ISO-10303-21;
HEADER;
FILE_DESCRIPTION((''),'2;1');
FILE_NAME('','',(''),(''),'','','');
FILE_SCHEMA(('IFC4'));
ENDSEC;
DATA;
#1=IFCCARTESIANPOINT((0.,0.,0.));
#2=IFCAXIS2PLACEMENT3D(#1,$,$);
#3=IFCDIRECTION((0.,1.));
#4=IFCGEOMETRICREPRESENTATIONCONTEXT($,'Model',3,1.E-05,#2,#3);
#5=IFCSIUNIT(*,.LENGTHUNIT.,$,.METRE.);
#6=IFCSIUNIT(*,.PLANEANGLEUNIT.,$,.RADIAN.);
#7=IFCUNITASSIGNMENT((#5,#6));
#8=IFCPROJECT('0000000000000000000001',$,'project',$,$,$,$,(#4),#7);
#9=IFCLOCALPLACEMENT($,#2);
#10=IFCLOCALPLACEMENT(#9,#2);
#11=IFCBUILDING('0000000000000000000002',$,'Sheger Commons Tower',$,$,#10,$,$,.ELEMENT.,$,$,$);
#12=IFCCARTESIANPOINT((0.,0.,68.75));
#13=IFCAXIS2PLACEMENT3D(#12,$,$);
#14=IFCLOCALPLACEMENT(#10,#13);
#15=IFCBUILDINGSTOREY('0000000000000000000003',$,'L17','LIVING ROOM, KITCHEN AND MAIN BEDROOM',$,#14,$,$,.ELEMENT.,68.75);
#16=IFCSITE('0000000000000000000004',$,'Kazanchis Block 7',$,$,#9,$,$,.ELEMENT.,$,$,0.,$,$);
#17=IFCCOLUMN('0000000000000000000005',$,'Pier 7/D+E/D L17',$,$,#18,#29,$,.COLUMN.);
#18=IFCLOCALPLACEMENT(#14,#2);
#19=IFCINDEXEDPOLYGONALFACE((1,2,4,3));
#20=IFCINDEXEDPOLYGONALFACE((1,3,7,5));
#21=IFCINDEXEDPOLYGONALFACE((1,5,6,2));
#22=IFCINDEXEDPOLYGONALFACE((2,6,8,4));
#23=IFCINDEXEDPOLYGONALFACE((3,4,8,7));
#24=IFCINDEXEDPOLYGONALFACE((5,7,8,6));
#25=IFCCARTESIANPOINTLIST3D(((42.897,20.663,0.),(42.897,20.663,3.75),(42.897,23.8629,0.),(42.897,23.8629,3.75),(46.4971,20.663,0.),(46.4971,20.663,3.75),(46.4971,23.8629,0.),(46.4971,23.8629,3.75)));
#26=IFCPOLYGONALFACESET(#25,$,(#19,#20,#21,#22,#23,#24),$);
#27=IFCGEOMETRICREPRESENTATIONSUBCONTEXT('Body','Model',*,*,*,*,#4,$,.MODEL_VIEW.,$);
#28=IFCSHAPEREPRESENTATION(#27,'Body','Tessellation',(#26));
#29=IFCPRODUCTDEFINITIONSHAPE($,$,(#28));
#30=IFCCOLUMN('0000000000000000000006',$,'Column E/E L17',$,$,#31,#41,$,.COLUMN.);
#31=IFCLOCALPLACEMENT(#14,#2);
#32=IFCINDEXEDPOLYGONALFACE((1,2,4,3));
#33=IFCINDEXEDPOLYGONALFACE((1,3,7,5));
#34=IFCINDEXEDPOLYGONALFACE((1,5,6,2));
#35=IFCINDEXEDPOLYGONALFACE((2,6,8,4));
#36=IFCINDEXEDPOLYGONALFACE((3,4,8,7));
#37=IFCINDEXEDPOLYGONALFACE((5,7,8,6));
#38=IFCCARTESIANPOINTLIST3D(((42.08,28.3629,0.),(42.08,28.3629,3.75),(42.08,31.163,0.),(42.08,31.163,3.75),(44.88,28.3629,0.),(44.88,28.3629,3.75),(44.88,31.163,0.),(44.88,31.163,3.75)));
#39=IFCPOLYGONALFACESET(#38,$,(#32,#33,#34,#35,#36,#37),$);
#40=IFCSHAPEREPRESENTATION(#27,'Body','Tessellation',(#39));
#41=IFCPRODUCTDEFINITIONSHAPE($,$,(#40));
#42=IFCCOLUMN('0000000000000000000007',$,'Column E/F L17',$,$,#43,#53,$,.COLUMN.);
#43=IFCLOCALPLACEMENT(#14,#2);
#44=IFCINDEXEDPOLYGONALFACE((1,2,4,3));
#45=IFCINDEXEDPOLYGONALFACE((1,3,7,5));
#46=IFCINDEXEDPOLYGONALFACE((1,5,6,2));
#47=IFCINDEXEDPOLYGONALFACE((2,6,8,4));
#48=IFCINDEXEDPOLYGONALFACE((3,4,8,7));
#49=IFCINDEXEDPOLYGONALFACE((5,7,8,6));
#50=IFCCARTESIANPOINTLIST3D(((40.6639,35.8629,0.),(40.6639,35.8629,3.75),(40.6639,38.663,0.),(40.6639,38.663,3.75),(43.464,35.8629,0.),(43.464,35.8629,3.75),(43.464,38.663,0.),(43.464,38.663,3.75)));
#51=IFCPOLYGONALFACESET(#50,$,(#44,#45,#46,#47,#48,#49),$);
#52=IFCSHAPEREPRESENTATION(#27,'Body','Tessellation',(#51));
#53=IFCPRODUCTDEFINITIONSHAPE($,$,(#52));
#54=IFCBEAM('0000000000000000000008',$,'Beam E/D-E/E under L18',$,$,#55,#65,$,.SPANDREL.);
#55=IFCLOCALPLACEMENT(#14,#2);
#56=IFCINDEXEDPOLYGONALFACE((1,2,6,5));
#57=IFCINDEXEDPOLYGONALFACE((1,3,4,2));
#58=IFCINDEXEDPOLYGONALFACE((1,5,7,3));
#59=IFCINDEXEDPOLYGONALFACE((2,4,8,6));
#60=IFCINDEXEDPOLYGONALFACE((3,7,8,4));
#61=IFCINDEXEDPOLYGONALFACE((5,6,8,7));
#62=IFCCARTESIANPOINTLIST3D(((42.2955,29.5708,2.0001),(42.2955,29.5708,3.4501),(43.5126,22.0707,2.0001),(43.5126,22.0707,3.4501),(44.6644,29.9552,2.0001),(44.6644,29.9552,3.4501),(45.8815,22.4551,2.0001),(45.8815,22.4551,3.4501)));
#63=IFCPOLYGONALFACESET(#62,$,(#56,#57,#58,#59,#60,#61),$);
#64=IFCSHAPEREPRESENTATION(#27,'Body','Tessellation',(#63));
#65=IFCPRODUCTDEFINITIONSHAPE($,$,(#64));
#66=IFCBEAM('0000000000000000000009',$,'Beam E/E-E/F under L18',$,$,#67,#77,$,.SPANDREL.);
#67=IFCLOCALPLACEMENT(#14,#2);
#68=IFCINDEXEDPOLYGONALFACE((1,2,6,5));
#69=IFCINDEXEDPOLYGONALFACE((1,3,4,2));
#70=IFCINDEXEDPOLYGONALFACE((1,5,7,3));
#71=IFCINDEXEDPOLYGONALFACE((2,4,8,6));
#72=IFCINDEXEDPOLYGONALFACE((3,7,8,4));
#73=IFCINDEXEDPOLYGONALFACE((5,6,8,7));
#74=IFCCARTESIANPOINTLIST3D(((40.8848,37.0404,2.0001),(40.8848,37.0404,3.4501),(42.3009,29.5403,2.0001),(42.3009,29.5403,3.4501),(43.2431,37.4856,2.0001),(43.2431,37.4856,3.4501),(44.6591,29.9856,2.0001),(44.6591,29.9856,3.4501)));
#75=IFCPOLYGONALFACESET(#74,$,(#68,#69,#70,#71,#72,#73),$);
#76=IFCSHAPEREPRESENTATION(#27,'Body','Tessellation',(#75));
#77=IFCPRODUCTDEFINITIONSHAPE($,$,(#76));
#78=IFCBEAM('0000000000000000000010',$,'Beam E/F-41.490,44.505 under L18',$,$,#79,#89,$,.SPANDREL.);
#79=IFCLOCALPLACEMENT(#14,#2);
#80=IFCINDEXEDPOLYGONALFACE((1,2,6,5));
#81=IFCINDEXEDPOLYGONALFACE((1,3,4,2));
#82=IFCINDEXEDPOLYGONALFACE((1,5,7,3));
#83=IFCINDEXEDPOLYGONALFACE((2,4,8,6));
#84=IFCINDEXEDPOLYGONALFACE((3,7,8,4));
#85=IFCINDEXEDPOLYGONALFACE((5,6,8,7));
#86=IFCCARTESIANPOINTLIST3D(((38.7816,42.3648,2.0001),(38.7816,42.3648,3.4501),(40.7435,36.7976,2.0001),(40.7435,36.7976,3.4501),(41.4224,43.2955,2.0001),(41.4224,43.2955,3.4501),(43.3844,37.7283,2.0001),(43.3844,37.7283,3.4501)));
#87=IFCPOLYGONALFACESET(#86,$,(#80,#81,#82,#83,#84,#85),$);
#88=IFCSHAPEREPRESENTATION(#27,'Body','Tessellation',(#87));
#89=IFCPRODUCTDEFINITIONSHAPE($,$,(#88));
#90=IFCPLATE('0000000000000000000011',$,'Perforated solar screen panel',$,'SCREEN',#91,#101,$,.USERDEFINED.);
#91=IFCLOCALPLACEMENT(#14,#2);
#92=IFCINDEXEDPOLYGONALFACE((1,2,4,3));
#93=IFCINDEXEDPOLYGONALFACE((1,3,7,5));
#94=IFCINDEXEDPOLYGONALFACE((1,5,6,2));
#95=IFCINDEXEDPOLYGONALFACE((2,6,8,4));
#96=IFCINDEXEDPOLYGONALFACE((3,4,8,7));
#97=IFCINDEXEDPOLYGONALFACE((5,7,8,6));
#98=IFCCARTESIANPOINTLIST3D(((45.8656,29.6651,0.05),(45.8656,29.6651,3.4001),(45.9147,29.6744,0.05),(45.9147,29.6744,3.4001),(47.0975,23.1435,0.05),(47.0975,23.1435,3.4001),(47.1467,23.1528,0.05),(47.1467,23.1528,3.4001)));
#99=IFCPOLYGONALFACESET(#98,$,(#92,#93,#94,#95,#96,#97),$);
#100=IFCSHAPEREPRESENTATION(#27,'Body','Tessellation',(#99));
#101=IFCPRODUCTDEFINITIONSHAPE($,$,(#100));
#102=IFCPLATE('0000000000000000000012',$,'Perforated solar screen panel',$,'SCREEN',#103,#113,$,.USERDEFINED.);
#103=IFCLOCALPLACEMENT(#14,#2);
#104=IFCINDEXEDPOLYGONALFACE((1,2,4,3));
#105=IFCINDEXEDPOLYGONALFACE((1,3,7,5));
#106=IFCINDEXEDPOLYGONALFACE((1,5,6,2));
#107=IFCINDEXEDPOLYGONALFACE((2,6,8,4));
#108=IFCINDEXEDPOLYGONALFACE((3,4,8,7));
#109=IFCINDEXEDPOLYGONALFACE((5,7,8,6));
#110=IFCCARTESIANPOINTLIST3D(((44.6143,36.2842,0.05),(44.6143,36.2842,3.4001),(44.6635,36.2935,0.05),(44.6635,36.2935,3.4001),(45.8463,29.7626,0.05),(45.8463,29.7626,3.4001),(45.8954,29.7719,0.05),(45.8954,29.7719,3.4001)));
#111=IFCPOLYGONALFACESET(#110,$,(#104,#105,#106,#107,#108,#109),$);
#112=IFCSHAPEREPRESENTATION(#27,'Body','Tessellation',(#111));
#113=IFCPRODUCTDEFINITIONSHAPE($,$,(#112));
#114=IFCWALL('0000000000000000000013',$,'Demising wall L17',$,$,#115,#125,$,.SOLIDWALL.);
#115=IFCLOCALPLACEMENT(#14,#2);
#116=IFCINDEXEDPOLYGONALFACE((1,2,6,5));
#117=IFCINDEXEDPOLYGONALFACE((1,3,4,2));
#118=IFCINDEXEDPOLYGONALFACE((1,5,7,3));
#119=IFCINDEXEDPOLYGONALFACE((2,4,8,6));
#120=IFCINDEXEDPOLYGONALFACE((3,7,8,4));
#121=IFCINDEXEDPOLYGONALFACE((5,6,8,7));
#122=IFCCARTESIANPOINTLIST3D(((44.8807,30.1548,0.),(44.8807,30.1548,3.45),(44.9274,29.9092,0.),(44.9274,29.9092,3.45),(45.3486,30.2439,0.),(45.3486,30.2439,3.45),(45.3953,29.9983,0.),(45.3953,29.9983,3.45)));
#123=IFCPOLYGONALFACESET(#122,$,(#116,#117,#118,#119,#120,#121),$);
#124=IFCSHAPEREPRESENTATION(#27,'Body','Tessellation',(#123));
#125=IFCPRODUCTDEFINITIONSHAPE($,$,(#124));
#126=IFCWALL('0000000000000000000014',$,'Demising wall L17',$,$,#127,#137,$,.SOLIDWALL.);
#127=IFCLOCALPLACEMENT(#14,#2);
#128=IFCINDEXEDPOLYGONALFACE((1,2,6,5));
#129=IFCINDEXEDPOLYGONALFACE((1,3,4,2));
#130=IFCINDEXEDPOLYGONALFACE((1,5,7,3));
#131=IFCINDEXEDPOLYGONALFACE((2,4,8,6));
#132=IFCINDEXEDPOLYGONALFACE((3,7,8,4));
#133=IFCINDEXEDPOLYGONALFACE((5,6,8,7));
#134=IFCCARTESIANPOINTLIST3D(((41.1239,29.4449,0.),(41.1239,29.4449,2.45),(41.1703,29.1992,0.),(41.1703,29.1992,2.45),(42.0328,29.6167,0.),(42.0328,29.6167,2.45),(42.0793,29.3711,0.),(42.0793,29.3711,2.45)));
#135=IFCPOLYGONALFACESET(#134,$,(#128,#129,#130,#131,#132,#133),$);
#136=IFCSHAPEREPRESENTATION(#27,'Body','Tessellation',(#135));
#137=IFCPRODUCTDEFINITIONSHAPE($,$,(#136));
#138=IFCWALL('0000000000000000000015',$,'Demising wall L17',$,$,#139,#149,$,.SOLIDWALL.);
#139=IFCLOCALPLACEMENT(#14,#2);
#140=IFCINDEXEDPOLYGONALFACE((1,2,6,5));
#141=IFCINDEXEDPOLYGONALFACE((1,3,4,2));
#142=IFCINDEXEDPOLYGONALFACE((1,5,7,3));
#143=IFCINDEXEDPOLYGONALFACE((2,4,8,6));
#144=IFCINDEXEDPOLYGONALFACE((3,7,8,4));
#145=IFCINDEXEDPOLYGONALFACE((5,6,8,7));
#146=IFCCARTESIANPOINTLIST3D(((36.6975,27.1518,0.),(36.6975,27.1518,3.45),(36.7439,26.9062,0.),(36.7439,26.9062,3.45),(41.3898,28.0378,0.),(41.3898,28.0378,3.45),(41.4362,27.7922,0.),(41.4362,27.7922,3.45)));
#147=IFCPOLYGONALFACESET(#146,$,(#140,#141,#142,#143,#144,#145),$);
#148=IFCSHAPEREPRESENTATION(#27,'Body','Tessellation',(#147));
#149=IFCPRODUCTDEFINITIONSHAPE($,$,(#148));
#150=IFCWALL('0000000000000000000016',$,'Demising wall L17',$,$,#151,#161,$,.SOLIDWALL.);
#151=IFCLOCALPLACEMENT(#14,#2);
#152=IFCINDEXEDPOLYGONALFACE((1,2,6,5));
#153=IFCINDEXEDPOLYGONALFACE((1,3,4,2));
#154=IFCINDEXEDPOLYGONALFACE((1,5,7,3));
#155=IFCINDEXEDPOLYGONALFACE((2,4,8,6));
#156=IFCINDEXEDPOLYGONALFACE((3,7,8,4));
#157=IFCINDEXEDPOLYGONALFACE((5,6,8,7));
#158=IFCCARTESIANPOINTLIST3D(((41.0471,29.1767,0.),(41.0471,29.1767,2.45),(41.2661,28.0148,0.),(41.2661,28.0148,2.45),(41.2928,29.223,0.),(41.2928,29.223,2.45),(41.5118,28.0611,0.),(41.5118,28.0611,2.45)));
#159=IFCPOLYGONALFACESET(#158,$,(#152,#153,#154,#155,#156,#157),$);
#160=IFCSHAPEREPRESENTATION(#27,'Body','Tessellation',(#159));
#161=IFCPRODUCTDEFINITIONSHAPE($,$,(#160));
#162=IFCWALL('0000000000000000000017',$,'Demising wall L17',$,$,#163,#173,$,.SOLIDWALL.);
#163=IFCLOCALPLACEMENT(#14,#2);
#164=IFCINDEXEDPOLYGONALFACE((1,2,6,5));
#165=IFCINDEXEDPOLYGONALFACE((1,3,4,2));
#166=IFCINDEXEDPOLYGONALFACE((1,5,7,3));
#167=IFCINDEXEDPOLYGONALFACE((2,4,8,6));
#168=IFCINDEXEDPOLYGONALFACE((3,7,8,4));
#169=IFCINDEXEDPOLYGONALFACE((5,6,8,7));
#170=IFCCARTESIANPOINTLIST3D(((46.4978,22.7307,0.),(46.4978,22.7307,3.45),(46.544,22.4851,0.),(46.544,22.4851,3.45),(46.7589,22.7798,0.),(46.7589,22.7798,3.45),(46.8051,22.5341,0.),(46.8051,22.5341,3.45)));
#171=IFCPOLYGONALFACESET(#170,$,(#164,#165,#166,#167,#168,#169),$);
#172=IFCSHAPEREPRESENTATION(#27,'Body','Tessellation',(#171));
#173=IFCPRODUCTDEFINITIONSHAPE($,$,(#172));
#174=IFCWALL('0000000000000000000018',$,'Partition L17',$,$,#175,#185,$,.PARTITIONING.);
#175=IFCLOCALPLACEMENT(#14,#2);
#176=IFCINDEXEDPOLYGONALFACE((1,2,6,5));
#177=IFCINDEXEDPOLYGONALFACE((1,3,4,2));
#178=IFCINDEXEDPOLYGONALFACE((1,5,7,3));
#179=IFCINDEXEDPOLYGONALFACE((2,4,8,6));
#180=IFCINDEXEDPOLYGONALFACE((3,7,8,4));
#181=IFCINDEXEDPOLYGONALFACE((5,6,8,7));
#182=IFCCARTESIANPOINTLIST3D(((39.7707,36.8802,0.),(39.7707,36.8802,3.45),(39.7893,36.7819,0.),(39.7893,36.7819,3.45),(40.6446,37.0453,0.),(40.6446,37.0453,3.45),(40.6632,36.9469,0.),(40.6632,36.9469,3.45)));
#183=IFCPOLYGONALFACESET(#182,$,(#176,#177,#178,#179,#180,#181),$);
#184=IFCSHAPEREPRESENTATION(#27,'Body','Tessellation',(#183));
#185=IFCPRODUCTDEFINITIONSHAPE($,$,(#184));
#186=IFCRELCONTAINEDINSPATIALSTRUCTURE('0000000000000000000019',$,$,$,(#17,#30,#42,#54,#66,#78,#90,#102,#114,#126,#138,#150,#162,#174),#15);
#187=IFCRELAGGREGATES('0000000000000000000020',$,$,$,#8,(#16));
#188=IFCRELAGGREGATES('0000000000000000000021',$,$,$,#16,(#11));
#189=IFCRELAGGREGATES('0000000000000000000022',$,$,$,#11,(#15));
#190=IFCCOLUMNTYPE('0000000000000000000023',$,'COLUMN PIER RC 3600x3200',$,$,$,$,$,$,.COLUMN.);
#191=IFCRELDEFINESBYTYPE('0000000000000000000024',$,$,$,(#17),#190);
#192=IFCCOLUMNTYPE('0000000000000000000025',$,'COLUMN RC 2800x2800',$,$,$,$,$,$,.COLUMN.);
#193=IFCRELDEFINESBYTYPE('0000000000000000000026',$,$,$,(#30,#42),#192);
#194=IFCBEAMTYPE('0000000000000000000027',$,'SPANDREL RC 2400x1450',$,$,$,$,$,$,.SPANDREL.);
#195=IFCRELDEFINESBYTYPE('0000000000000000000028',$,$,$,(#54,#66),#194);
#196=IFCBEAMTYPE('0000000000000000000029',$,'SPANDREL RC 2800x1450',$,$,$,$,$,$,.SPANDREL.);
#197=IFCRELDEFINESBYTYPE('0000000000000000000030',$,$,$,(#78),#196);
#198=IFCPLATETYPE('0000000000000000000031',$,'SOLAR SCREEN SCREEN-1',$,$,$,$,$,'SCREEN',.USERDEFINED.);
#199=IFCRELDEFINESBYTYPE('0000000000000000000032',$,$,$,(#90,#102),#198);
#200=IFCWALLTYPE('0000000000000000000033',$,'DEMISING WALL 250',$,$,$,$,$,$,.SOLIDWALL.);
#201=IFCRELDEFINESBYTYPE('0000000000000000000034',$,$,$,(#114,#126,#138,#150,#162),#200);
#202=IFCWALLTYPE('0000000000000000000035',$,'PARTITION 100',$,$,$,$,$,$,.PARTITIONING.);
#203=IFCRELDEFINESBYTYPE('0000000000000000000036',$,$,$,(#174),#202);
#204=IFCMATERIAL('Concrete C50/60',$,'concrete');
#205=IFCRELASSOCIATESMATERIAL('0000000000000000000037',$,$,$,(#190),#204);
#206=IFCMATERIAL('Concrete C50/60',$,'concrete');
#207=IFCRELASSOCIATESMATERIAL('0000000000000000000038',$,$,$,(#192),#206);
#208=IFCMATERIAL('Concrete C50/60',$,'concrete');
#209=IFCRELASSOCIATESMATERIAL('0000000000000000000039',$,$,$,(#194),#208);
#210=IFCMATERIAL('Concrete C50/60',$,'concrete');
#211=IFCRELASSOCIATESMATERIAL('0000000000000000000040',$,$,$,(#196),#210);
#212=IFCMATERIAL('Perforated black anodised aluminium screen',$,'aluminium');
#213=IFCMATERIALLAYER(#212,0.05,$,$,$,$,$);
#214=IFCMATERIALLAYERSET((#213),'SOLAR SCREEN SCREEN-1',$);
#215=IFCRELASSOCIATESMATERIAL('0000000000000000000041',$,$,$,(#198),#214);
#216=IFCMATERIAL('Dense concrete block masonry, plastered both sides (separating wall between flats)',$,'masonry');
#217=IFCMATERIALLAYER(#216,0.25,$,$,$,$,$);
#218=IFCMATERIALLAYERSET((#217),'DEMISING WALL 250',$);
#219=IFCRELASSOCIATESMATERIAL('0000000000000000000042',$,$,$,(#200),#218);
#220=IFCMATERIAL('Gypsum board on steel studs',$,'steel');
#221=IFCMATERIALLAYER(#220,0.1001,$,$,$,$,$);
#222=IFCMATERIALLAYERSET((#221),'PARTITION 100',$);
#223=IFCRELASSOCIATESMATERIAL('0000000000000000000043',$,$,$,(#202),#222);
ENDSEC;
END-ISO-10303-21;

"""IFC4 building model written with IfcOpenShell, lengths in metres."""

from ifc_helpers import new_model, si_unit, direction, frame, frame_2d, origin, origin_2d, place, context, subcontext, project, spatial, rectangle, extrude, material, layer, layer_set, material_profile, profile_set, type_object, element, save


model = new_model("IFC4")

# Units and contexts
model_context = context("Model", 3, precision=1e-05, world=origin(), true_north=direction((0.0, 1.0)))
body_context = subcontext(model_context, "Body", "Model", "MODEL_VIEW")
ifc_project = project(units=[si_unit("LENGTHUNIT", "METRE"), si_unit("PLANEANGLEUNIT", "RADIAN")], contexts=[model_context])

# Site, building, storey
site_placement = place(None, origin())
site = spatial("IfcSite", under=ifc_project, at=site_placement, Name="Kazanchis Block 7", CompositionType="ELEMENT", RefElevation=0.0)
building_placement = place(site_placement, origin())
building = spatial("IfcBuilding", under=site, at=building_placement, Name="Sheger Commons Tower", CompositionType="ELEMENT")
storey_placement = place(building_placement, frame((0.0, 0.0, 68.75)))
storey = spatial("IfcBuildingStorey", under=building, at=storey_placement, Name="L17", Description="LIVING ROOM, KITCHEN AND MAIN BEDROOM", CompositionType="ELEMENT", Elevation=68.75)

# Columns
ifc_material_1 = material(Name="Concrete C50/60", Category="concrete")
ifc_material_profile_1 = material_profile(ifc_material_1, rectangle(XDim=3.6001, YDim=3.2, at=origin_2d()), Name="RC 3600x3200")
ifc_profile_set_1 = profile_set([ifc_material_profile_1], Name="Concrete C50/60")
column_type_1 = type_object("IfcColumnType", Name="COLUMN PIER RC 3600x3200", PredefinedType="COLUMN", material=ifc_profile_set_1)
column_placement = place(storey_placement, frame((44.697, 22.2629, 0.0), z_axis=(0.0, 0.0, 1.0), x_axis=(1.0, 0.0, 0.0)))
element("IfcColumn", 1, at=column_placement, inside=storey, type_object=column_type_1, Name="Pier 7/D+E/D L17", PredefinedType="COLUMN", context=body_context, shape_type="SweptSolid", body=[
    extrude(rectangle(XDim=3.6001, YDim=3.2, at=origin_2d()), origin(), (0.0, 0.0, 1.0), 3.75),
])
ifc_material_2 = material(Name="Concrete C50/60", Category="concrete")
ifc_material_profile_2 = material_profile(ifc_material_2, rectangle(XDim=2.8, YDim=2.8, at=origin_2d()), Name="RC 2800x2800")
ifc_profile_set_2 = profile_set([ifc_material_profile_2], Name="Concrete C50/60")
column_type_2 = type_object("IfcColumnType", Name="COLUMN RC 2800x2800", PredefinedType="COLUMN", material=ifc_profile_set_2)
for number, where, z_axis, x_axis, name in (
    (2, (43.48, 29.7629, 0.0), (0.0, 0.0, 1.0), (1.0, 0.0, 0.0), "Column E/E L17"),
    (3, (42.064, 37.2629, 0.0), (0.0, 0.0, 1.0), (1.0, 0.0, 0.0), "Column E/F L17"),
):
    element("IfcColumn", number, at=place(storey_placement, frame(where, z_axis=z_axis, x_axis=x_axis)), inside=storey, type_object=column_type_2, Name=name, PredefinedType="COLUMN", context=body_context, shape_type="SweptSolid", body=[
        extrude(rectangle(XDim=2.8, YDim=2.8, at=origin_2d()), origin(), (0.0, 0.0, 1.0), 3.75),
    ])

# Beams
ifc_material_3 = material(Name="Concrete C50/60", Category="concrete")
ifc_material_profile_3 = material_profile(ifc_material_3, rectangle(XDim=2.3999, YDim=1.45, at=origin_2d()), Name="RC 2400x1450")
ifc_profile_set_3 = profile_set([ifc_material_profile_3], Name="Concrete C50/60")
beam_type_1 = type_object("IfcBeamType", Name="SPANDREL RC 2400x1450", PredefinedType="SPANDREL", material=ifc_profile_set_3)
beam_1_placement = place(storey_placement, frame((44.697, 22.2629, 2.7251), z_axis=(-0.160177, 0.987088, 0.0), x_axis=(-0.987088, -0.160177, 0.0)))
element("IfcBeam", 4, at=beam_1_placement, inside=storey, type_object=beam_type_1, Name="Beam E/D-E/E under L18", PredefinedType="SPANDREL", context=body_context, shape_type="SweptSolid", body=[
    extrude(rectangle(XDim=2.3999, YDim=1.45, at=origin_2d()), origin(), (0.0, 0.0, 1.0), 7.5981),
])
beam_2_placement = place(storey_placement, frame((43.48, 29.7629, 2.7251), z_axis=(-0.185524, 0.98264, 0.0), x_axis=(-0.98264, -0.185524, 0.0)))
element("IfcBeam", 5, at=beam_2_placement, inside=storey, type_object=beam_type_1, Name="Beam E/E-E/F under L18", PredefinedType="SPANDREL", context=body_context, shape_type="SweptSolid", body=[
    extrude(rectangle(XDim=2.3999, YDim=1.45, at=origin_2d()), origin(), (0.0, 0.0, 1.0), 7.6326),
])
ifc_material_4 = material(Name="Concrete C50/60", Category="concrete")
ifc_material_profile_4 = material_profile(ifc_material_4, rectangle(XDim=2.8, YDim=1.45, at=origin_2d()), Name="RC 2800x1450")
ifc_profile_set_4 = profile_set([ifc_material_profile_4], Name="Concrete C50/60")
beam_type_2 = type_object("IfcBeamType", Name="SPANDREL RC 2800x1450", PredefinedType="SPANDREL", material=ifc_profile_set_4)
beam_3_placement = place(storey_placement, frame((42.064, 37.2629, 2.7251), z_axis=(-0.332374, 0.943148, 0.0), x_axis=(-0.943148, -0.332374, 0.0)))
element("IfcBeam", 6, at=beam_3_placement, inside=storey, type_object=beam_type_2, Name="Beam E/F-41.490,44.505 under L18", PredefinedType="SPANDREL", context=body_context, shape_type="SweptSolid", body=[
    extrude(rectangle(XDim=2.8, YDim=1.45, at=origin_2d()), origin(), (0.0, 0.0, 1.0), 5.9028),
])

# Plates
ifc_material_5 = material(Name="Perforated black anodised aluminium screen", Category="aluminium")
ifc_layer_1 = layer(ifc_material_5, 0.05)
ifc_layer_set_1 = layer_set([ifc_layer_1], Name="SOLAR SCREEN SCREEN-1")
plate_type = type_object("IfcPlateType", Name="SOLAR SCREEN SCREEN-1", ElementType="SCREEN", PredefinedType="USERDEFINED", material=ifc_layer_set_1)
for number, where, z_axis, x_axis, name in (
    (7, (46.5061, 26.4089, 0.05), (0.0, 0.0, 1.0), (-0.185615, 0.982623, 0.0), "Perforated solar screen panel"),
    (8, (45.2549, 33.0281, 0.05), (0.0, 0.0, 1.0), (-0.185615, 0.982623, 0.0), "Perforated solar screen panel"),
):
    element("IfcPlate", number, at=place(storey_placement, frame(where, z_axis=z_axis, x_axis=x_axis)), inside=storey, type_object=plate_type, Name=name, ObjectType="SCREEN", PredefinedType="USERDEFINED", context=body_context, shape_type="SweptSolid", body=[
        extrude(rectangle(XDim=6.637, YDim=0.05, at=origin_2d()), origin(), (0.0, 0.0, 1.0), 3.3501),
    ])

# Walls
ifc_material_6 = material(Name="Dense concrete block masonry, plastered both sides (separating wall between flats)", Category="masonry")
ifc_layer_2 = layer(ifc_material_6, 0.25)
ifc_layer_set_2 = layer_set([ifc_layer_2], Name="DEMISING WALL 250")
wall_type_1 = type_object("IfcWallType", Name="DEMISING WALL 250", PredefinedType="SOLIDWALL", material=ifc_layer_set_2)
wall_1_placement = place(storey_placement, frame((45.3721, 30.1211, 0.0), z_axis=(0.0, 0.0, 1.0), x_axis=(-0.982352, -0.187041, 0.0)))
element("IfcWall", 9, at=wall_1_placement, inside=storey, type_object=wall_type_1, Name="Demising wall L17", PredefinedType="SOLIDWALL", context=body_context, shape_type="SweptSolid", body=[
    extrude(rectangle(XDim=0.4763, YDim=0.25, at=frame_2d((0.2383, 0.0))), origin(), (0.0, 0.0, 1.0), 3.45),
])
wall_2_placement = place(storey_placement, frame((42.0559, 29.4939, 0.0), z_axis=(0.0, 0.0, 1.0), x_axis=(-0.982587, -0.185802, 0.0)))
element("IfcWall", 10, at=wall_2_placement, inside=storey, type_object=wall_type_1, Name="Demising wall L17", PredefinedType="SOLIDWALL", context=body_context, shape_type="SweptSolid", body=[
    extrude(rectangle(XDim=0.925, YDim=0.25, at=frame_2d((0.4624, 0.0))), origin(), (0.0, 0.0, 1.0), 2.45),
])
wall_3_placement = place(storey_placement, frame((41.4131, 27.915, 0.0), z_axis=(0.0, 0.0, 1.0), x_axis=(-0.982636, -0.185545, 0.0)))
element("IfcWall", 11, at=wall_3_placement, inside=storey, type_object=wall_type_1, Name="Demising wall L17", PredefinedType="SOLIDWALL", context=body_context, shape_type="SweptSolid", body=[
    extrude(rectangle(XDim=4.7751, YDim=0.25, at=frame_2d((2.3877, 0.0))), origin(), (0.0, 0.0, 1.0), 3.45),
])
wall_4_placement = place(storey_placement, frame((41.1699, 29.2, 0.0), z_axis=(0.0, 0.0, 1.0), x_axis=(0.185224, -0.982696, 0.0)))
element("IfcWall", 12, at=wall_4_placement, inside=storey, type_object=wall_type_1, Name="Demising wall L17", PredefinedType="SOLIDWALL", context=body_context, shape_type="SweptSolid", body=[
    extrude(rectangle(XDim=1.1824, YDim=0.25, at=frame_2d((0.5913, 0.0))), origin(), (0.0, 0.0, 1.0), 2.45),
])
wall_5_placement = place(storey_placement, frame((46.782, 22.657, 0.0), z_axis=(0.0, 0.0, 1.0), x_axis=(-0.982778, -0.184788, 0.0)))
element("IfcWall", 13, at=wall_5_placement, inside=storey, type_object=wall_type_1, Name="Demising wall L17", PredefinedType="SOLIDWALL", context=body_context, shape_type="SweptSolid", body=[
    extrude(rectangle(XDim=0.2656, YDim=0.25, at=frame_2d((0.1328, 0.0))), origin(), (0.0, 0.0, 1.0), 3.45),
])
ifc_material_7 = material(Name="Gypsum board on steel studs", Category="steel")
ifc_layer_3 = layer(ifc_material_7, 0.1001)
ifc_layer_set_3 = layer_set([ifc_layer_3], Name="PARTITION 100")
wall_type_2 = type_object("IfcWallType", Name="PARTITION 100", PredefinedType="PARTITIONING", material=ifc_layer_set_3)
wall_6_placement = place(storey_placement, frame((40.6541, 36.9961, 0.0), z_axis=(0.0, 0.0, 1.0), x_axis=(-0.982635, -0.185548, 0.0)))
element("IfcWall", 14, at=wall_6_placement, inside=storey, type_object=wall_type_2, Name="Partition L17", PredefinedType="PARTITIONING", context=body_context, shape_type="SweptSolid", body=[
    extrude(rectangle(XDim=0.8894, YDim=0.1001, at=frame_2d((0.4448, 0.0))), origin(), (0.0, 0.0, 1.0), 3.45),
])

save(model, "model.ifc")
